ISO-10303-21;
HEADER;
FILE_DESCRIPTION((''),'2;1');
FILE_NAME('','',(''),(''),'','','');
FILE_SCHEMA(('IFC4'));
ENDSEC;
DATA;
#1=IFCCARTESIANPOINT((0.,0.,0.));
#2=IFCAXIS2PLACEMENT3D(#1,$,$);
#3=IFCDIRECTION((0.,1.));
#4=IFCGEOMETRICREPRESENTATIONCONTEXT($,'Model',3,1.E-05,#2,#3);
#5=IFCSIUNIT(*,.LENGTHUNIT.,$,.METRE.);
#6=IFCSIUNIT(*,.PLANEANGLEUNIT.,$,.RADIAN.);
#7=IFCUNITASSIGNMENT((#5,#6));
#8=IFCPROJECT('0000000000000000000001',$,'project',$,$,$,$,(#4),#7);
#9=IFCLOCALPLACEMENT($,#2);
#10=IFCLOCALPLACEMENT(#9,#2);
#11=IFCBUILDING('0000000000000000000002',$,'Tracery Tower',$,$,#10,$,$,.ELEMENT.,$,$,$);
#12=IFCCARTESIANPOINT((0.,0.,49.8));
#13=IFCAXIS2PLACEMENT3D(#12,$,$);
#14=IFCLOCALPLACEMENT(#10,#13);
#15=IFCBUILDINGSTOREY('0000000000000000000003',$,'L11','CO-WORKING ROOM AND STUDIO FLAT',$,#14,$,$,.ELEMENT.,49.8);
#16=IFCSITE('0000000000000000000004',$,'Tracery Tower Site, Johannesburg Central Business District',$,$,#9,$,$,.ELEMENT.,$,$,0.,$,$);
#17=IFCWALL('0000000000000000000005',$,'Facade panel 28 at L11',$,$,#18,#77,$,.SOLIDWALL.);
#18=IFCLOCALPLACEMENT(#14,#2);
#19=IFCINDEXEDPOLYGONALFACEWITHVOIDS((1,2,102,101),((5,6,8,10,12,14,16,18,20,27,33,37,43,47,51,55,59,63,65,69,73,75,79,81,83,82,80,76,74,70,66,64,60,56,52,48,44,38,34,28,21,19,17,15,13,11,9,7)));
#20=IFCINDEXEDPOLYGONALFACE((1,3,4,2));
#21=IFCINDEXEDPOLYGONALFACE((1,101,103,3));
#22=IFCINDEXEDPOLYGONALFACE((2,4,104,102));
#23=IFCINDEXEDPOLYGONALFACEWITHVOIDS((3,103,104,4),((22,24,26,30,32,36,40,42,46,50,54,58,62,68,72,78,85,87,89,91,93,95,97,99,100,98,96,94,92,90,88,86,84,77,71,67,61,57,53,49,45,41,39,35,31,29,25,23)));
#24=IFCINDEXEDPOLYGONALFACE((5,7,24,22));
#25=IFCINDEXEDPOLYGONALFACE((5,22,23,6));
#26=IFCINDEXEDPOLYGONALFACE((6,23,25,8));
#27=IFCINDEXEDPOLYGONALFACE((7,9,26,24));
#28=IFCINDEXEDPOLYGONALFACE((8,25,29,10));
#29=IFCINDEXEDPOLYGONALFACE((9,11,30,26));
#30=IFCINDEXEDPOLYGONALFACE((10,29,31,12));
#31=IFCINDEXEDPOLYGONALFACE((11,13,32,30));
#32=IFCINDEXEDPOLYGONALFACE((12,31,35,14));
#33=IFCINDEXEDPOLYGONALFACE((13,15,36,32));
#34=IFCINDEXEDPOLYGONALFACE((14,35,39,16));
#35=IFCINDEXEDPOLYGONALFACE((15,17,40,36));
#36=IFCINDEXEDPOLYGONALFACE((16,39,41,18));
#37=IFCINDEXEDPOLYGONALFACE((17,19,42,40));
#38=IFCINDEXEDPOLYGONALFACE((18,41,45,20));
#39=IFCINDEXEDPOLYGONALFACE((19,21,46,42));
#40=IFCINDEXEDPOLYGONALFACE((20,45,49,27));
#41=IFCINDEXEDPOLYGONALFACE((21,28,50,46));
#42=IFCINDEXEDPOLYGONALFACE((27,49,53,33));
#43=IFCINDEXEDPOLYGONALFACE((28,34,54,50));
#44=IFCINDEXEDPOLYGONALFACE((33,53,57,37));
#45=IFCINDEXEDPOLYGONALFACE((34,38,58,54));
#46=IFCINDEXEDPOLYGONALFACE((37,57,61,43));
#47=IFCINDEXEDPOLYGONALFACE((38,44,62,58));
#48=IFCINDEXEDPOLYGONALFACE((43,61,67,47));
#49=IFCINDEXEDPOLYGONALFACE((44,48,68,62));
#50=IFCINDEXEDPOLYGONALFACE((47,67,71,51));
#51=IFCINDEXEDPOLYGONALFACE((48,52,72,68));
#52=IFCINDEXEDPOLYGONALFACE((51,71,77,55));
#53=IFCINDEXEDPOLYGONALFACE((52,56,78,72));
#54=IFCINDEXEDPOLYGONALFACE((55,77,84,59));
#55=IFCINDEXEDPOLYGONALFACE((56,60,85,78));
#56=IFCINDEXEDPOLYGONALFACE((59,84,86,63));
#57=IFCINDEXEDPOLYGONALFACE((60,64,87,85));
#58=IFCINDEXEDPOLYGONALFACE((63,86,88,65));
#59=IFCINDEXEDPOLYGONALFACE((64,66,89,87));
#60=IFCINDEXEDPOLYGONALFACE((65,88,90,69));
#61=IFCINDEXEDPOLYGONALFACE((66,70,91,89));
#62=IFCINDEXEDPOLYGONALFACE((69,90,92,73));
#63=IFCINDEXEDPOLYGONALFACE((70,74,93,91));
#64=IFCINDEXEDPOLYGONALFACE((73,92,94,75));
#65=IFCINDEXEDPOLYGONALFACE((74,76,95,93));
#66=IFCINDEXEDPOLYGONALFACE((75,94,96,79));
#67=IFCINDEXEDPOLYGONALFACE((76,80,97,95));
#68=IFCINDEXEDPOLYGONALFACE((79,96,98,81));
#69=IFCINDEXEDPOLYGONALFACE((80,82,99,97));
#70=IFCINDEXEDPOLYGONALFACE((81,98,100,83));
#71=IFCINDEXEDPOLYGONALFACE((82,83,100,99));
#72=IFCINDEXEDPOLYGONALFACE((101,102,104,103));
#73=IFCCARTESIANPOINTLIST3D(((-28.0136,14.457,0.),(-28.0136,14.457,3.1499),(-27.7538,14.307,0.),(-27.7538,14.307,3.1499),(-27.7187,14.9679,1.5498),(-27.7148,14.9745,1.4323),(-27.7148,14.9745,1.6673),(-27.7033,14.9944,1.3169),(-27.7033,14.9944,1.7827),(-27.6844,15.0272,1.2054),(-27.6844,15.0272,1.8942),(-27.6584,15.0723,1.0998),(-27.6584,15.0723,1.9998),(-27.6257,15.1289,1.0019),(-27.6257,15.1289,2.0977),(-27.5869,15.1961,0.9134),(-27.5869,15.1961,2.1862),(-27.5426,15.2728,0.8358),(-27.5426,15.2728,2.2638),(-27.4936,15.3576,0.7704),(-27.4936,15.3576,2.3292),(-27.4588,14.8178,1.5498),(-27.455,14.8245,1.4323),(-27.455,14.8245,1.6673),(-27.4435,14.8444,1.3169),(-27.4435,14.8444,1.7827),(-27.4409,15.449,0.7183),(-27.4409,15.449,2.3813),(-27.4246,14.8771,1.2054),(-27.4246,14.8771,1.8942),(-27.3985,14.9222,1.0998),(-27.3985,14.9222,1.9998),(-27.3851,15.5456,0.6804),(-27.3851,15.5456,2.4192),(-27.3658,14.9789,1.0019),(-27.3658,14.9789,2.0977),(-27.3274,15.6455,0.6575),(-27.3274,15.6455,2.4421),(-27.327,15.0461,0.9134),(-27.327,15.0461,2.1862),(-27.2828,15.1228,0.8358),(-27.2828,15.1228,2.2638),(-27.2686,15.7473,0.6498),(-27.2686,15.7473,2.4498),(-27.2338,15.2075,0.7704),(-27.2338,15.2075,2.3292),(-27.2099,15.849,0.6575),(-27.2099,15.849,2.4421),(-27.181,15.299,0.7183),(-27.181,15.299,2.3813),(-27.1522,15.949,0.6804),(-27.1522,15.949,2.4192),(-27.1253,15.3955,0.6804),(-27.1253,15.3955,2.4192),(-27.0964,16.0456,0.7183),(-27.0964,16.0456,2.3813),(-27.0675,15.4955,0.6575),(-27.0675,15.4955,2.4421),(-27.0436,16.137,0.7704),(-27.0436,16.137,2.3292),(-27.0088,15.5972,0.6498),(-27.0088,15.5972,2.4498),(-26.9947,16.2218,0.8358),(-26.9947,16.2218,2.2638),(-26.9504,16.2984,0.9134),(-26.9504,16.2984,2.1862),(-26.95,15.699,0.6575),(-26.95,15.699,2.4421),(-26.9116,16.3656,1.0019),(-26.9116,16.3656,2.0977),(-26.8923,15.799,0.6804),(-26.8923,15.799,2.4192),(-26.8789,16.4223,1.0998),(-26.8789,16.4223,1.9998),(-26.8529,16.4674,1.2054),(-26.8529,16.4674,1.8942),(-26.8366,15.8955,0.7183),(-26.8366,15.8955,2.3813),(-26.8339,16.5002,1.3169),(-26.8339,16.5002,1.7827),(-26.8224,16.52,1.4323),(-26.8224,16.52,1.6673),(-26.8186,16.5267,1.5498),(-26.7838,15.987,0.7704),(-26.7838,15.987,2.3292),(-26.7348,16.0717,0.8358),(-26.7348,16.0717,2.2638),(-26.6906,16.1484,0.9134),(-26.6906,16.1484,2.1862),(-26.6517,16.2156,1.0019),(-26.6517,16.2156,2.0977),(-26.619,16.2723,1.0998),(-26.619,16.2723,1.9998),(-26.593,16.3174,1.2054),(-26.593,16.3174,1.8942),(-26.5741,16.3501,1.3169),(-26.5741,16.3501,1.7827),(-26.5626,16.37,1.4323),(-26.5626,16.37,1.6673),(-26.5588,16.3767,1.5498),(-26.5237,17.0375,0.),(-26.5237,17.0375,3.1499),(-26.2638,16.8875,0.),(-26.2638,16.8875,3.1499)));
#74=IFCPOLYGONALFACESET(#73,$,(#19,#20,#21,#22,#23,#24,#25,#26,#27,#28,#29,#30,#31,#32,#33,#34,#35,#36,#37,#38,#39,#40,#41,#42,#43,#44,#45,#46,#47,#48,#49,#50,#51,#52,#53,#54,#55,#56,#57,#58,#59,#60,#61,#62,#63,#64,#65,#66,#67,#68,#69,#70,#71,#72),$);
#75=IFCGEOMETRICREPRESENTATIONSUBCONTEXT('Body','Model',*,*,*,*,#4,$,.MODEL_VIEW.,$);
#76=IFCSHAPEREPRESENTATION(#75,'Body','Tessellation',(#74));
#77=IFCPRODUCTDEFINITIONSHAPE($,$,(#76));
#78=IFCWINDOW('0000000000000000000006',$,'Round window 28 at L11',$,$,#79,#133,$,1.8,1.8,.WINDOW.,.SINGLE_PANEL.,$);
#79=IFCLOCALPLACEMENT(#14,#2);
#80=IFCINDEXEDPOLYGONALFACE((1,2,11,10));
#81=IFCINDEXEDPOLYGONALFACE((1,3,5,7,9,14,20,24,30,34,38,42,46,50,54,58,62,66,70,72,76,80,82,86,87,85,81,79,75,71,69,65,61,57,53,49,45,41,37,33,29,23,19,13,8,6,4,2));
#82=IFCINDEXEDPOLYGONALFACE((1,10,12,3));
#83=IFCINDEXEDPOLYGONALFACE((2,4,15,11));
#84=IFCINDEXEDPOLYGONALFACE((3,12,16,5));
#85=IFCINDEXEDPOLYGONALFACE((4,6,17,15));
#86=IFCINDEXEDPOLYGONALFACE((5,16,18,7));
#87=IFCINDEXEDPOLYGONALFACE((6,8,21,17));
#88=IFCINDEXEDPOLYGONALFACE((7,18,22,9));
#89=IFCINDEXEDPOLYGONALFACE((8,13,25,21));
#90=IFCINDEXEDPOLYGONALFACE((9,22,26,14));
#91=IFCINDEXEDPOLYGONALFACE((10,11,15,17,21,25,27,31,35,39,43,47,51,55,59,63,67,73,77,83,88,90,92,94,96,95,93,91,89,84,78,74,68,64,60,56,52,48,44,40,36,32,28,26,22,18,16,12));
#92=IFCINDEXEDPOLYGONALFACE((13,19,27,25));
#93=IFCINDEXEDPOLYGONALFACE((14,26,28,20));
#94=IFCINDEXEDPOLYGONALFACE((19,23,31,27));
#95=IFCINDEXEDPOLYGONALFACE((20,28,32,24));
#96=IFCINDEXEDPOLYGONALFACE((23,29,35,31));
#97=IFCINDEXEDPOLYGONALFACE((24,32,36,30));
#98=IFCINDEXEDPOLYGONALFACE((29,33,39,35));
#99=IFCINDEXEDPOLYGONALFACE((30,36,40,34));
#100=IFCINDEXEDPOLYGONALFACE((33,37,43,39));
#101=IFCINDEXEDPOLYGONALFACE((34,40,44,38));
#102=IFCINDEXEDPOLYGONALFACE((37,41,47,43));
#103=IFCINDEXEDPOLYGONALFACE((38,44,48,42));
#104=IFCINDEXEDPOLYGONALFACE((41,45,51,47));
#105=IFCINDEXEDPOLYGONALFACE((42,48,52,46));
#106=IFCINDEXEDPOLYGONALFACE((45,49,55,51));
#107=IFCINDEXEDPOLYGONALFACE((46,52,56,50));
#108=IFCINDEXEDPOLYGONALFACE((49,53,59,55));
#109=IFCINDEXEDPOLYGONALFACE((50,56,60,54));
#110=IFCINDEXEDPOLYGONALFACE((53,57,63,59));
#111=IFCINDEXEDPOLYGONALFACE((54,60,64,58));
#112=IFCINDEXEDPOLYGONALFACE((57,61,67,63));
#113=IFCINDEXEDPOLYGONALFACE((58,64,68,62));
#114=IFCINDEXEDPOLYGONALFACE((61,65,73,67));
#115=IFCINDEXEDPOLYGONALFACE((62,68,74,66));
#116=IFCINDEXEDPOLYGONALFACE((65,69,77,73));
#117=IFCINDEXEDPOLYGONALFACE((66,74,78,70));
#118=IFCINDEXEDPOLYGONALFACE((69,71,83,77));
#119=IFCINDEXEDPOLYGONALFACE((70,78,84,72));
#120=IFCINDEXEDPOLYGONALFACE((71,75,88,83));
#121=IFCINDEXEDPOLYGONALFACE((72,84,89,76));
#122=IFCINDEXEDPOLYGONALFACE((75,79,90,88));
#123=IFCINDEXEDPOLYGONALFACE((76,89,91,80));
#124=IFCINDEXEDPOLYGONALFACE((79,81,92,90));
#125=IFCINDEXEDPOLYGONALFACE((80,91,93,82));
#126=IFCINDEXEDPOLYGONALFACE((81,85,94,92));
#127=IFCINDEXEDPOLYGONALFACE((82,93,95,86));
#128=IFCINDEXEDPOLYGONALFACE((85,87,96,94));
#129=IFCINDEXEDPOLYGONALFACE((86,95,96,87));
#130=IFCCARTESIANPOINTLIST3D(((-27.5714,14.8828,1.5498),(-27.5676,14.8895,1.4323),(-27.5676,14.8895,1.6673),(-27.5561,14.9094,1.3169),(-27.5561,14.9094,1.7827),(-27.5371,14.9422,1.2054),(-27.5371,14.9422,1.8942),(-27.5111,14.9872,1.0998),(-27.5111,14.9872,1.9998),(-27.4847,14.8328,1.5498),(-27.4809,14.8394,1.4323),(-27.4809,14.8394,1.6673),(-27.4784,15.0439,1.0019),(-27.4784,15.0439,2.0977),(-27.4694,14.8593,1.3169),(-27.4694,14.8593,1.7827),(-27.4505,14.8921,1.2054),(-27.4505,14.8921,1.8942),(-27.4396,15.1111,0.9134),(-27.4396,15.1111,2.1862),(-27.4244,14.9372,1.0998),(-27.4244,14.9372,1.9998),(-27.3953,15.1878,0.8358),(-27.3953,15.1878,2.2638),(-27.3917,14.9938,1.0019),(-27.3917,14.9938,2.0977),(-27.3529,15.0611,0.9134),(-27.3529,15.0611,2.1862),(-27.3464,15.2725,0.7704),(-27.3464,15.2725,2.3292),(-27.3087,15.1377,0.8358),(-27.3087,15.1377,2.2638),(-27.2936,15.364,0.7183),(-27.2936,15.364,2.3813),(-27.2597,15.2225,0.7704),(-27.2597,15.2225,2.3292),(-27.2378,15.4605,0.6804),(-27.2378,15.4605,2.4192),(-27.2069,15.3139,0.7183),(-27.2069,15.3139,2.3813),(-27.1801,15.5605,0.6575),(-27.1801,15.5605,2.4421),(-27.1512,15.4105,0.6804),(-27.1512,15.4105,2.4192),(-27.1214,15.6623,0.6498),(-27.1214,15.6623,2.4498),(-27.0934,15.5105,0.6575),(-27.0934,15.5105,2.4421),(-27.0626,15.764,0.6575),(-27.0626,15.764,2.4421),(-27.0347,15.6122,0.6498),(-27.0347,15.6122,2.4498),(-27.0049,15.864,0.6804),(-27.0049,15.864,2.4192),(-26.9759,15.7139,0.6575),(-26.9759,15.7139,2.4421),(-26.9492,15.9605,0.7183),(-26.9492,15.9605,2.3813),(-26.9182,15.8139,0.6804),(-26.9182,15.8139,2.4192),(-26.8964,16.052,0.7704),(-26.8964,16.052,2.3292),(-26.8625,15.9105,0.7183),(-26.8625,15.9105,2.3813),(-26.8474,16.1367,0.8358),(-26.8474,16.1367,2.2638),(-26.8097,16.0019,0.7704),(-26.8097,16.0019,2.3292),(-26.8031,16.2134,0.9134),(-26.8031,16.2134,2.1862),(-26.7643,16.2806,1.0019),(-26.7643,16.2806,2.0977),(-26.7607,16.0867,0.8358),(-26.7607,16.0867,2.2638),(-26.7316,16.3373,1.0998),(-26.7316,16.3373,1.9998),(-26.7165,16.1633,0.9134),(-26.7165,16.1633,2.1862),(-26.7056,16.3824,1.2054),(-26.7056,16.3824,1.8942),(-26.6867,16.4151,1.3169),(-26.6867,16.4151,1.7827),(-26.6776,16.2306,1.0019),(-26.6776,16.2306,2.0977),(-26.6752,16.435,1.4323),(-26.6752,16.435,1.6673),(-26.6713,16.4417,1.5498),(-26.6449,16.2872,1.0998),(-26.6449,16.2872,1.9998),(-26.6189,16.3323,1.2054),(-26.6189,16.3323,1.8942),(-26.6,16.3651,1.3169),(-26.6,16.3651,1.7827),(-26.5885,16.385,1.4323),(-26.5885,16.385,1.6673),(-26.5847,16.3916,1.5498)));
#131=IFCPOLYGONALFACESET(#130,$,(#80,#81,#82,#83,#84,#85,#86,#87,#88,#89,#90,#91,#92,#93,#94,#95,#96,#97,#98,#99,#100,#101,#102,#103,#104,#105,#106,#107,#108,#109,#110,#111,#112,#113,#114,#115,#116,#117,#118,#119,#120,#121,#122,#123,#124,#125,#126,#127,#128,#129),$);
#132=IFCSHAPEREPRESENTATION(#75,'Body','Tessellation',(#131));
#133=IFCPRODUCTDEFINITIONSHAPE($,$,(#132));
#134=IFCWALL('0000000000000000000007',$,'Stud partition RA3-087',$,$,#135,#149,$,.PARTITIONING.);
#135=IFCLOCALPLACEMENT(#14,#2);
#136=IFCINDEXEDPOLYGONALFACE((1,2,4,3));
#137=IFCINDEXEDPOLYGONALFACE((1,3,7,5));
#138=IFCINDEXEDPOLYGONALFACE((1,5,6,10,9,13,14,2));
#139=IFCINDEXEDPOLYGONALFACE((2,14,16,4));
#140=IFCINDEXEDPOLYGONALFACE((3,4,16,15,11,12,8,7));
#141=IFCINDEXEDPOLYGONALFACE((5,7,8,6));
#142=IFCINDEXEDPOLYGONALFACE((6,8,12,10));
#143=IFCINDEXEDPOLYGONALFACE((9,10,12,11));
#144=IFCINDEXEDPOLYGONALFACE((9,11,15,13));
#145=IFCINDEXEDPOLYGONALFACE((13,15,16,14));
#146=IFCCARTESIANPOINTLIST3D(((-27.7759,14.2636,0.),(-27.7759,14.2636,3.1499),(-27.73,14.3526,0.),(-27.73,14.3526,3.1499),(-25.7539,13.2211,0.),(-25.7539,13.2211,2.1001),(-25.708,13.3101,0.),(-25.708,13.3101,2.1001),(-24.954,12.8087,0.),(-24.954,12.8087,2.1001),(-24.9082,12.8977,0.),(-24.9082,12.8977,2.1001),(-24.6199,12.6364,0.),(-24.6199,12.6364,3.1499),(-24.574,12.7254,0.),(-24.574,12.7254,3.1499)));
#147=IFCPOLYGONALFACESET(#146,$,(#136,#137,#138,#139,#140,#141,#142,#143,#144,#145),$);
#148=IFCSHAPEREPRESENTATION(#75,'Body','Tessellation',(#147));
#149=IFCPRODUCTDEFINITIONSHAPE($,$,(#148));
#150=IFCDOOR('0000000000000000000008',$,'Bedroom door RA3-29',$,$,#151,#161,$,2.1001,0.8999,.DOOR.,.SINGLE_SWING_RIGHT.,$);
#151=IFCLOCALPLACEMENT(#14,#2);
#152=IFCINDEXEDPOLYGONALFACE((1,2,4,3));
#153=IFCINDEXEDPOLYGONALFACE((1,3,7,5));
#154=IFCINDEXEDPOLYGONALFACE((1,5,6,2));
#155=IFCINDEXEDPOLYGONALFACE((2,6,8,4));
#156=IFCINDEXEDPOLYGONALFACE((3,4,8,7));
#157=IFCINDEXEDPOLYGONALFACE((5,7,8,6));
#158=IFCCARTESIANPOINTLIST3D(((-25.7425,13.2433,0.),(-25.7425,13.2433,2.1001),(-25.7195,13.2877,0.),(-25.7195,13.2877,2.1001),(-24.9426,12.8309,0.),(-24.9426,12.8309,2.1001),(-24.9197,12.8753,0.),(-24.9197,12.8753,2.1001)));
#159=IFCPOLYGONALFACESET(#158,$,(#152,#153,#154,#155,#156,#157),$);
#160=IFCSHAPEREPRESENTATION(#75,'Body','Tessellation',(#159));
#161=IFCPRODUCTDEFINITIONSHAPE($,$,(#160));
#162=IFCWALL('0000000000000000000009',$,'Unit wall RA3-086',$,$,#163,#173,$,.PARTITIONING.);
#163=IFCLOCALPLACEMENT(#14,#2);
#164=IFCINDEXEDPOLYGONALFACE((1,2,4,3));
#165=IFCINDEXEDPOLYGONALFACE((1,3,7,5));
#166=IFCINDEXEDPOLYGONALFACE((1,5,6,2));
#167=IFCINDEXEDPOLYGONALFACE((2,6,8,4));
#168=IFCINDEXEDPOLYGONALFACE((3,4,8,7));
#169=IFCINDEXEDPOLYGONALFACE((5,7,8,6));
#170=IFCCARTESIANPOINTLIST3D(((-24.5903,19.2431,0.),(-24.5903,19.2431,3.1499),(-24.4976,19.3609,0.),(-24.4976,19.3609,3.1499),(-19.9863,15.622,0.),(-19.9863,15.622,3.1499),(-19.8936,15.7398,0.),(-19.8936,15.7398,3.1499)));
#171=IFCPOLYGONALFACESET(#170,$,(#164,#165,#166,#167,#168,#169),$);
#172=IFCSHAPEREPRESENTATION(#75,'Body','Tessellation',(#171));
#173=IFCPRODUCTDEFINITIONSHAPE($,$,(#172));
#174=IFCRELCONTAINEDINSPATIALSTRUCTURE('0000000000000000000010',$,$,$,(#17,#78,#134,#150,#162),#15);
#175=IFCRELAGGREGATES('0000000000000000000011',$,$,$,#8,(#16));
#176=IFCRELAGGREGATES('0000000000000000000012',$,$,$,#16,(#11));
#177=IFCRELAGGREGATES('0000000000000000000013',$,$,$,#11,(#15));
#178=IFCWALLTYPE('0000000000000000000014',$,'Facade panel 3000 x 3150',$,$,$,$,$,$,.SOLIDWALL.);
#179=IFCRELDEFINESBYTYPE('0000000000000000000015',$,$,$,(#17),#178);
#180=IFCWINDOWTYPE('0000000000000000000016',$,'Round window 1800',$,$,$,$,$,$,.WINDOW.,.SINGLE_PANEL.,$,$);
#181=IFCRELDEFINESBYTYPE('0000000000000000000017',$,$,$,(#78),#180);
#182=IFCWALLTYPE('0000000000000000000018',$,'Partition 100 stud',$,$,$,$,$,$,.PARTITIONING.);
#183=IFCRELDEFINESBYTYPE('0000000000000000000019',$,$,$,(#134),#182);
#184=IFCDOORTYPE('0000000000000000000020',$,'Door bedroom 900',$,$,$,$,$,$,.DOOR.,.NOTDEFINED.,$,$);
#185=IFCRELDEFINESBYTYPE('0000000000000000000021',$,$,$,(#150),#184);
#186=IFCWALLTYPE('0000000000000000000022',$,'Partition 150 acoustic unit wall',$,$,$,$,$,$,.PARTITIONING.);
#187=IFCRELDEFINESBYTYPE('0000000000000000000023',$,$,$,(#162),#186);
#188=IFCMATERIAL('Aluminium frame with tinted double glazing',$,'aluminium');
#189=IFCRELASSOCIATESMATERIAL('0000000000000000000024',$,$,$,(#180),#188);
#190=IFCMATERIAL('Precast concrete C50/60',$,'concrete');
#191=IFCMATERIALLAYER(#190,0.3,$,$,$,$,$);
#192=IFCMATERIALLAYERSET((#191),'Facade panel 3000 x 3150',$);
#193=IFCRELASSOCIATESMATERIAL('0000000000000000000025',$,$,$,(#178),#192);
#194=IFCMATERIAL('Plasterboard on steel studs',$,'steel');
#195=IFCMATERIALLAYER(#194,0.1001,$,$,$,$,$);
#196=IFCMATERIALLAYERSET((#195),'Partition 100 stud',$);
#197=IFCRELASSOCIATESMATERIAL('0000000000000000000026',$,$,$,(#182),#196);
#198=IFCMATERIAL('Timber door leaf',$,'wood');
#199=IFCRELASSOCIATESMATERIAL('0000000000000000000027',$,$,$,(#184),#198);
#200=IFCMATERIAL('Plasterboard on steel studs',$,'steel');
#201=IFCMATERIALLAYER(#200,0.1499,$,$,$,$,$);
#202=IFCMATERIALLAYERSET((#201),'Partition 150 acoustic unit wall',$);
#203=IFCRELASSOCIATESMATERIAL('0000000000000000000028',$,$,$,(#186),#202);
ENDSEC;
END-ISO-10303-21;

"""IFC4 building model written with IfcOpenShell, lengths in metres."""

from ifc_helpers import new_model, si_unit, direction, frame, frame_2d, origin, origin_2d, place, context, subcontext, project, spatial, rectangle, circle, extrude, material, layer, layer_set, type_object, element, fill, save


model = new_model("IFC4")

# Units and contexts
model_context = context("Model", 3, precision=1e-05, world=origin(), true_north=direction((0.0, 1.0)))
body_context = subcontext(model_context, "Body", "Model", "MODEL_VIEW")
ifc_project = project(units=[si_unit("LENGTHUNIT", "METRE"), si_unit("PLANEANGLEUNIT", "RADIAN")], contexts=[model_context])

# Site, building, storey
site_placement = place(None, origin())
site = spatial("IfcSite", under=ifc_project, at=site_placement, Name="Tracery Tower Site, Johannesburg Central Business District", CompositionType="ELEMENT", RefElevation=0.0)
building_placement = place(site_placement, origin())
building = spatial("IfcBuilding", under=site, at=building_placement, Name="Tracery Tower", CompositionType="ELEMENT")
storey_placement = place(building_placement, frame((0.0, 0.0, 49.8)))
storey = spatial("IfcBuildingStorey", under=building, at=storey_placement, Name="L11", Description="CO-WORKING ROOM AND STUDIO FLAT", CompositionType="ELEMENT", Elevation=49.8)

# Wall, opening, window
ifc_material_1 = material(Name="Aluminium frame with tinted double glazing", Category="aluminium")
window_type = type_object("IfcWindowType", Name="Round window 1800", PartitioningType="SINGLE_PANEL", PredefinedType="WINDOW", material=ifc_material_1)
ifc_material_2 = material(Name="Precast concrete C50/60", Category="concrete")
ifc_layer_1 = layer(ifc_material_2, 0.3)
ifc_layer_set_1 = layer_set([ifc_layer_1], Name="Facade panel 3000 x 3150")
wall_type_1 = type_object("IfcWallType", Name="Facade panel 3000 x 3150", PredefinedType="SOLIDWALL", material=ifc_layer_set_1)
wall_1_placement = place(storey_placement, frame((-26.3938, 16.9624, 0.0), z_axis=(0.0, 0.0, 1.0), x_axis=(-0.500025, -0.866011, 0.0)))
wall_1 = element("IfcWall", 1, at=wall_1_placement, inside=storey, type_object=wall_type_1, Name="Facade panel 28 at L11", PredefinedType="SOLIDWALL", context=body_context, shape_type="SweptSolid", body=[
    extrude(rectangle(XDim=2.9797, YDim=0.3, at=frame_2d((1.4897, 0.0))), origin(), (0.0, 0.0, 1.0), 3.1499),
])
opening_1_placement = place(wall_1_placement, frame((1.4897, 0.0, 1.5498)))
opening_1 = element("IfcOpeningElement", 2, at=opening_1_placement, cuts=wall_1, PredefinedType="OPENING", context=body_context, shape_type="SweptSolid", body=[
    extrude(circle(Radius=0.9, at=origin_2d()), frame((0.0, 0.1599, 0.0), z_axis=(0.0, -1.0, 0.0), x_axis=(1.0, 0.0, 0.0)), (0.0, 0.0, 1.0), 0.3201),
])
window_1_placement = place(opening_1_placement, origin())
window_1 = element("IfcWindow", 3, at=window_1_placement, inside=storey, type_object=window_type, Name="Round window 28 at L11", OverallHeight=1.8, OverallWidth=1.8, PartitioningType="SINGLE_PANEL", PredefinedType="WINDOW", context=body_context, shape_type="SweptSolid", body=[
    extrude(circle(Radius=0.9, at=origin_2d()), frame((0.0, 0.1201, 0.0), z_axis=(0.0, -1.0, 0.0), x_axis=(1.0, 0.0, 0.0)), (0.0, 0.0, 1.0), 0.1001),
])
fill(opening_1, window_1)

# Wall, opening, door
ifc_material_3 = material(Name="Plasterboard on steel studs", Category="steel")
ifc_layer_2 = layer(ifc_material_3, 0.1001)
ifc_layer_set_2 = layer_set([ifc_layer_2], Name="Partition 100 stud")
wall_type_2 = type_object("IfcWallType", Name="Partition 100 stud", PredefinedType="PARTITIONING", material=ifc_layer_set_2)
wall_2_placement = place(storey_placement, frame((-27.7529, 14.3081, 0.0), z_axis=(0.0, 0.0, 1.0), x_axis=(0.888817, -0.458263, 0.0)))
wall_2 = element("IfcWall", 4, at=wall_2_placement, inside=storey, type_object=wall_type_2, Name="Stud partition RA3-087", PredefinedType="PARTITIONING", context=body_context, shape_type="SweptSolid", body=[
    extrude(rectangle(XDim=3.5508, YDim=0.1001, at=frame_2d((1.7754, 0.0))), origin(), (0.0, 0.0, 1.0), 3.1499),
])
opening_2_placement = place(wall_2_placement, frame((2.2749, 0.0, 0.0)))
opening_2 = element("IfcOpeningElement", 5, at=opening_2_placement, cuts=wall_2, PredefinedType="OPENING", context=body_context, shape_type="SweptSolid", body=[
    extrude(rectangle(XDim=0.8999, YDim=2.1001, at=frame_2d((0.45, 1.05))), frame((0.0, 0.05, 0.0), z_axis=(0.0, -1.0, 0.0), x_axis=(1.0, 0.0, 0.0)), (0.0, 0.0, 1.0), 0.1001),
])
ifc_material_4 = material(Name="Timber door leaf", Category="wood")
door_type = type_object("IfcDoorType", Name="Door bedroom 900", OperationType="NOTDEFINED", PredefinedType="DOOR", material=ifc_material_4)
door_placement = place(opening_2_placement, origin())
door = element("IfcDoor", 6, at=door_placement, inside=storey, type_object=door_type, Name="Bedroom door RA3-29", OperationType="SINGLE_SWING_RIGHT", OverallHeight=2.1001, OverallWidth=0.8999, PredefinedType="DOOR", context=body_context, shape_type="SweptSolid", body=[
    extrude(rectangle(XDim=0.8999, YDim=2.1001, at=frame_2d((0.45, 1.05))), frame((0.0, 0.0249, 0.0), z_axis=(0.0, -1.0, 0.0), x_axis=(1.0, 0.0, 0.0)), (0.0, 0.0, 1.0), 0.05),
])
fill(opening_2, door)

# Wall
ifc_material_5 = material(Name="Plasterboard on steel studs", Category="steel")
ifc_layer_3 = layer(ifc_material_5, 0.1499)
ifc_layer_set_3 = layer_set([ifc_layer_3], Name="Partition 150 acoustic unit wall")
wall_type_3 = type_object("IfcWallType", Name="Partition 150 acoustic unit wall", PredefinedType="PARTITIONING", material=ifc_layer_set_3)
wall_3_placement = place(storey_placement, frame((-24.5439, 19.302, 0.0), z_axis=(0.0, 0.0, 1.0), x_axis=(0.786015, -0.618208, 0.0)))
element("IfcWall", 7, at=wall_3_placement, inside=storey, type_object=wall_type_3, Name="Unit wall RA3-086", PredefinedType="PARTITIONING", context=body_context, shape_type="SweptSolid", body=[
    extrude(rectangle(XDim=5.8574, YDim=0.1499, at=frame_2d((2.9287, 0.0))), origin(), (0.0, 0.0, 1.0), 3.1499),
])

save(model, "model.ifc")
